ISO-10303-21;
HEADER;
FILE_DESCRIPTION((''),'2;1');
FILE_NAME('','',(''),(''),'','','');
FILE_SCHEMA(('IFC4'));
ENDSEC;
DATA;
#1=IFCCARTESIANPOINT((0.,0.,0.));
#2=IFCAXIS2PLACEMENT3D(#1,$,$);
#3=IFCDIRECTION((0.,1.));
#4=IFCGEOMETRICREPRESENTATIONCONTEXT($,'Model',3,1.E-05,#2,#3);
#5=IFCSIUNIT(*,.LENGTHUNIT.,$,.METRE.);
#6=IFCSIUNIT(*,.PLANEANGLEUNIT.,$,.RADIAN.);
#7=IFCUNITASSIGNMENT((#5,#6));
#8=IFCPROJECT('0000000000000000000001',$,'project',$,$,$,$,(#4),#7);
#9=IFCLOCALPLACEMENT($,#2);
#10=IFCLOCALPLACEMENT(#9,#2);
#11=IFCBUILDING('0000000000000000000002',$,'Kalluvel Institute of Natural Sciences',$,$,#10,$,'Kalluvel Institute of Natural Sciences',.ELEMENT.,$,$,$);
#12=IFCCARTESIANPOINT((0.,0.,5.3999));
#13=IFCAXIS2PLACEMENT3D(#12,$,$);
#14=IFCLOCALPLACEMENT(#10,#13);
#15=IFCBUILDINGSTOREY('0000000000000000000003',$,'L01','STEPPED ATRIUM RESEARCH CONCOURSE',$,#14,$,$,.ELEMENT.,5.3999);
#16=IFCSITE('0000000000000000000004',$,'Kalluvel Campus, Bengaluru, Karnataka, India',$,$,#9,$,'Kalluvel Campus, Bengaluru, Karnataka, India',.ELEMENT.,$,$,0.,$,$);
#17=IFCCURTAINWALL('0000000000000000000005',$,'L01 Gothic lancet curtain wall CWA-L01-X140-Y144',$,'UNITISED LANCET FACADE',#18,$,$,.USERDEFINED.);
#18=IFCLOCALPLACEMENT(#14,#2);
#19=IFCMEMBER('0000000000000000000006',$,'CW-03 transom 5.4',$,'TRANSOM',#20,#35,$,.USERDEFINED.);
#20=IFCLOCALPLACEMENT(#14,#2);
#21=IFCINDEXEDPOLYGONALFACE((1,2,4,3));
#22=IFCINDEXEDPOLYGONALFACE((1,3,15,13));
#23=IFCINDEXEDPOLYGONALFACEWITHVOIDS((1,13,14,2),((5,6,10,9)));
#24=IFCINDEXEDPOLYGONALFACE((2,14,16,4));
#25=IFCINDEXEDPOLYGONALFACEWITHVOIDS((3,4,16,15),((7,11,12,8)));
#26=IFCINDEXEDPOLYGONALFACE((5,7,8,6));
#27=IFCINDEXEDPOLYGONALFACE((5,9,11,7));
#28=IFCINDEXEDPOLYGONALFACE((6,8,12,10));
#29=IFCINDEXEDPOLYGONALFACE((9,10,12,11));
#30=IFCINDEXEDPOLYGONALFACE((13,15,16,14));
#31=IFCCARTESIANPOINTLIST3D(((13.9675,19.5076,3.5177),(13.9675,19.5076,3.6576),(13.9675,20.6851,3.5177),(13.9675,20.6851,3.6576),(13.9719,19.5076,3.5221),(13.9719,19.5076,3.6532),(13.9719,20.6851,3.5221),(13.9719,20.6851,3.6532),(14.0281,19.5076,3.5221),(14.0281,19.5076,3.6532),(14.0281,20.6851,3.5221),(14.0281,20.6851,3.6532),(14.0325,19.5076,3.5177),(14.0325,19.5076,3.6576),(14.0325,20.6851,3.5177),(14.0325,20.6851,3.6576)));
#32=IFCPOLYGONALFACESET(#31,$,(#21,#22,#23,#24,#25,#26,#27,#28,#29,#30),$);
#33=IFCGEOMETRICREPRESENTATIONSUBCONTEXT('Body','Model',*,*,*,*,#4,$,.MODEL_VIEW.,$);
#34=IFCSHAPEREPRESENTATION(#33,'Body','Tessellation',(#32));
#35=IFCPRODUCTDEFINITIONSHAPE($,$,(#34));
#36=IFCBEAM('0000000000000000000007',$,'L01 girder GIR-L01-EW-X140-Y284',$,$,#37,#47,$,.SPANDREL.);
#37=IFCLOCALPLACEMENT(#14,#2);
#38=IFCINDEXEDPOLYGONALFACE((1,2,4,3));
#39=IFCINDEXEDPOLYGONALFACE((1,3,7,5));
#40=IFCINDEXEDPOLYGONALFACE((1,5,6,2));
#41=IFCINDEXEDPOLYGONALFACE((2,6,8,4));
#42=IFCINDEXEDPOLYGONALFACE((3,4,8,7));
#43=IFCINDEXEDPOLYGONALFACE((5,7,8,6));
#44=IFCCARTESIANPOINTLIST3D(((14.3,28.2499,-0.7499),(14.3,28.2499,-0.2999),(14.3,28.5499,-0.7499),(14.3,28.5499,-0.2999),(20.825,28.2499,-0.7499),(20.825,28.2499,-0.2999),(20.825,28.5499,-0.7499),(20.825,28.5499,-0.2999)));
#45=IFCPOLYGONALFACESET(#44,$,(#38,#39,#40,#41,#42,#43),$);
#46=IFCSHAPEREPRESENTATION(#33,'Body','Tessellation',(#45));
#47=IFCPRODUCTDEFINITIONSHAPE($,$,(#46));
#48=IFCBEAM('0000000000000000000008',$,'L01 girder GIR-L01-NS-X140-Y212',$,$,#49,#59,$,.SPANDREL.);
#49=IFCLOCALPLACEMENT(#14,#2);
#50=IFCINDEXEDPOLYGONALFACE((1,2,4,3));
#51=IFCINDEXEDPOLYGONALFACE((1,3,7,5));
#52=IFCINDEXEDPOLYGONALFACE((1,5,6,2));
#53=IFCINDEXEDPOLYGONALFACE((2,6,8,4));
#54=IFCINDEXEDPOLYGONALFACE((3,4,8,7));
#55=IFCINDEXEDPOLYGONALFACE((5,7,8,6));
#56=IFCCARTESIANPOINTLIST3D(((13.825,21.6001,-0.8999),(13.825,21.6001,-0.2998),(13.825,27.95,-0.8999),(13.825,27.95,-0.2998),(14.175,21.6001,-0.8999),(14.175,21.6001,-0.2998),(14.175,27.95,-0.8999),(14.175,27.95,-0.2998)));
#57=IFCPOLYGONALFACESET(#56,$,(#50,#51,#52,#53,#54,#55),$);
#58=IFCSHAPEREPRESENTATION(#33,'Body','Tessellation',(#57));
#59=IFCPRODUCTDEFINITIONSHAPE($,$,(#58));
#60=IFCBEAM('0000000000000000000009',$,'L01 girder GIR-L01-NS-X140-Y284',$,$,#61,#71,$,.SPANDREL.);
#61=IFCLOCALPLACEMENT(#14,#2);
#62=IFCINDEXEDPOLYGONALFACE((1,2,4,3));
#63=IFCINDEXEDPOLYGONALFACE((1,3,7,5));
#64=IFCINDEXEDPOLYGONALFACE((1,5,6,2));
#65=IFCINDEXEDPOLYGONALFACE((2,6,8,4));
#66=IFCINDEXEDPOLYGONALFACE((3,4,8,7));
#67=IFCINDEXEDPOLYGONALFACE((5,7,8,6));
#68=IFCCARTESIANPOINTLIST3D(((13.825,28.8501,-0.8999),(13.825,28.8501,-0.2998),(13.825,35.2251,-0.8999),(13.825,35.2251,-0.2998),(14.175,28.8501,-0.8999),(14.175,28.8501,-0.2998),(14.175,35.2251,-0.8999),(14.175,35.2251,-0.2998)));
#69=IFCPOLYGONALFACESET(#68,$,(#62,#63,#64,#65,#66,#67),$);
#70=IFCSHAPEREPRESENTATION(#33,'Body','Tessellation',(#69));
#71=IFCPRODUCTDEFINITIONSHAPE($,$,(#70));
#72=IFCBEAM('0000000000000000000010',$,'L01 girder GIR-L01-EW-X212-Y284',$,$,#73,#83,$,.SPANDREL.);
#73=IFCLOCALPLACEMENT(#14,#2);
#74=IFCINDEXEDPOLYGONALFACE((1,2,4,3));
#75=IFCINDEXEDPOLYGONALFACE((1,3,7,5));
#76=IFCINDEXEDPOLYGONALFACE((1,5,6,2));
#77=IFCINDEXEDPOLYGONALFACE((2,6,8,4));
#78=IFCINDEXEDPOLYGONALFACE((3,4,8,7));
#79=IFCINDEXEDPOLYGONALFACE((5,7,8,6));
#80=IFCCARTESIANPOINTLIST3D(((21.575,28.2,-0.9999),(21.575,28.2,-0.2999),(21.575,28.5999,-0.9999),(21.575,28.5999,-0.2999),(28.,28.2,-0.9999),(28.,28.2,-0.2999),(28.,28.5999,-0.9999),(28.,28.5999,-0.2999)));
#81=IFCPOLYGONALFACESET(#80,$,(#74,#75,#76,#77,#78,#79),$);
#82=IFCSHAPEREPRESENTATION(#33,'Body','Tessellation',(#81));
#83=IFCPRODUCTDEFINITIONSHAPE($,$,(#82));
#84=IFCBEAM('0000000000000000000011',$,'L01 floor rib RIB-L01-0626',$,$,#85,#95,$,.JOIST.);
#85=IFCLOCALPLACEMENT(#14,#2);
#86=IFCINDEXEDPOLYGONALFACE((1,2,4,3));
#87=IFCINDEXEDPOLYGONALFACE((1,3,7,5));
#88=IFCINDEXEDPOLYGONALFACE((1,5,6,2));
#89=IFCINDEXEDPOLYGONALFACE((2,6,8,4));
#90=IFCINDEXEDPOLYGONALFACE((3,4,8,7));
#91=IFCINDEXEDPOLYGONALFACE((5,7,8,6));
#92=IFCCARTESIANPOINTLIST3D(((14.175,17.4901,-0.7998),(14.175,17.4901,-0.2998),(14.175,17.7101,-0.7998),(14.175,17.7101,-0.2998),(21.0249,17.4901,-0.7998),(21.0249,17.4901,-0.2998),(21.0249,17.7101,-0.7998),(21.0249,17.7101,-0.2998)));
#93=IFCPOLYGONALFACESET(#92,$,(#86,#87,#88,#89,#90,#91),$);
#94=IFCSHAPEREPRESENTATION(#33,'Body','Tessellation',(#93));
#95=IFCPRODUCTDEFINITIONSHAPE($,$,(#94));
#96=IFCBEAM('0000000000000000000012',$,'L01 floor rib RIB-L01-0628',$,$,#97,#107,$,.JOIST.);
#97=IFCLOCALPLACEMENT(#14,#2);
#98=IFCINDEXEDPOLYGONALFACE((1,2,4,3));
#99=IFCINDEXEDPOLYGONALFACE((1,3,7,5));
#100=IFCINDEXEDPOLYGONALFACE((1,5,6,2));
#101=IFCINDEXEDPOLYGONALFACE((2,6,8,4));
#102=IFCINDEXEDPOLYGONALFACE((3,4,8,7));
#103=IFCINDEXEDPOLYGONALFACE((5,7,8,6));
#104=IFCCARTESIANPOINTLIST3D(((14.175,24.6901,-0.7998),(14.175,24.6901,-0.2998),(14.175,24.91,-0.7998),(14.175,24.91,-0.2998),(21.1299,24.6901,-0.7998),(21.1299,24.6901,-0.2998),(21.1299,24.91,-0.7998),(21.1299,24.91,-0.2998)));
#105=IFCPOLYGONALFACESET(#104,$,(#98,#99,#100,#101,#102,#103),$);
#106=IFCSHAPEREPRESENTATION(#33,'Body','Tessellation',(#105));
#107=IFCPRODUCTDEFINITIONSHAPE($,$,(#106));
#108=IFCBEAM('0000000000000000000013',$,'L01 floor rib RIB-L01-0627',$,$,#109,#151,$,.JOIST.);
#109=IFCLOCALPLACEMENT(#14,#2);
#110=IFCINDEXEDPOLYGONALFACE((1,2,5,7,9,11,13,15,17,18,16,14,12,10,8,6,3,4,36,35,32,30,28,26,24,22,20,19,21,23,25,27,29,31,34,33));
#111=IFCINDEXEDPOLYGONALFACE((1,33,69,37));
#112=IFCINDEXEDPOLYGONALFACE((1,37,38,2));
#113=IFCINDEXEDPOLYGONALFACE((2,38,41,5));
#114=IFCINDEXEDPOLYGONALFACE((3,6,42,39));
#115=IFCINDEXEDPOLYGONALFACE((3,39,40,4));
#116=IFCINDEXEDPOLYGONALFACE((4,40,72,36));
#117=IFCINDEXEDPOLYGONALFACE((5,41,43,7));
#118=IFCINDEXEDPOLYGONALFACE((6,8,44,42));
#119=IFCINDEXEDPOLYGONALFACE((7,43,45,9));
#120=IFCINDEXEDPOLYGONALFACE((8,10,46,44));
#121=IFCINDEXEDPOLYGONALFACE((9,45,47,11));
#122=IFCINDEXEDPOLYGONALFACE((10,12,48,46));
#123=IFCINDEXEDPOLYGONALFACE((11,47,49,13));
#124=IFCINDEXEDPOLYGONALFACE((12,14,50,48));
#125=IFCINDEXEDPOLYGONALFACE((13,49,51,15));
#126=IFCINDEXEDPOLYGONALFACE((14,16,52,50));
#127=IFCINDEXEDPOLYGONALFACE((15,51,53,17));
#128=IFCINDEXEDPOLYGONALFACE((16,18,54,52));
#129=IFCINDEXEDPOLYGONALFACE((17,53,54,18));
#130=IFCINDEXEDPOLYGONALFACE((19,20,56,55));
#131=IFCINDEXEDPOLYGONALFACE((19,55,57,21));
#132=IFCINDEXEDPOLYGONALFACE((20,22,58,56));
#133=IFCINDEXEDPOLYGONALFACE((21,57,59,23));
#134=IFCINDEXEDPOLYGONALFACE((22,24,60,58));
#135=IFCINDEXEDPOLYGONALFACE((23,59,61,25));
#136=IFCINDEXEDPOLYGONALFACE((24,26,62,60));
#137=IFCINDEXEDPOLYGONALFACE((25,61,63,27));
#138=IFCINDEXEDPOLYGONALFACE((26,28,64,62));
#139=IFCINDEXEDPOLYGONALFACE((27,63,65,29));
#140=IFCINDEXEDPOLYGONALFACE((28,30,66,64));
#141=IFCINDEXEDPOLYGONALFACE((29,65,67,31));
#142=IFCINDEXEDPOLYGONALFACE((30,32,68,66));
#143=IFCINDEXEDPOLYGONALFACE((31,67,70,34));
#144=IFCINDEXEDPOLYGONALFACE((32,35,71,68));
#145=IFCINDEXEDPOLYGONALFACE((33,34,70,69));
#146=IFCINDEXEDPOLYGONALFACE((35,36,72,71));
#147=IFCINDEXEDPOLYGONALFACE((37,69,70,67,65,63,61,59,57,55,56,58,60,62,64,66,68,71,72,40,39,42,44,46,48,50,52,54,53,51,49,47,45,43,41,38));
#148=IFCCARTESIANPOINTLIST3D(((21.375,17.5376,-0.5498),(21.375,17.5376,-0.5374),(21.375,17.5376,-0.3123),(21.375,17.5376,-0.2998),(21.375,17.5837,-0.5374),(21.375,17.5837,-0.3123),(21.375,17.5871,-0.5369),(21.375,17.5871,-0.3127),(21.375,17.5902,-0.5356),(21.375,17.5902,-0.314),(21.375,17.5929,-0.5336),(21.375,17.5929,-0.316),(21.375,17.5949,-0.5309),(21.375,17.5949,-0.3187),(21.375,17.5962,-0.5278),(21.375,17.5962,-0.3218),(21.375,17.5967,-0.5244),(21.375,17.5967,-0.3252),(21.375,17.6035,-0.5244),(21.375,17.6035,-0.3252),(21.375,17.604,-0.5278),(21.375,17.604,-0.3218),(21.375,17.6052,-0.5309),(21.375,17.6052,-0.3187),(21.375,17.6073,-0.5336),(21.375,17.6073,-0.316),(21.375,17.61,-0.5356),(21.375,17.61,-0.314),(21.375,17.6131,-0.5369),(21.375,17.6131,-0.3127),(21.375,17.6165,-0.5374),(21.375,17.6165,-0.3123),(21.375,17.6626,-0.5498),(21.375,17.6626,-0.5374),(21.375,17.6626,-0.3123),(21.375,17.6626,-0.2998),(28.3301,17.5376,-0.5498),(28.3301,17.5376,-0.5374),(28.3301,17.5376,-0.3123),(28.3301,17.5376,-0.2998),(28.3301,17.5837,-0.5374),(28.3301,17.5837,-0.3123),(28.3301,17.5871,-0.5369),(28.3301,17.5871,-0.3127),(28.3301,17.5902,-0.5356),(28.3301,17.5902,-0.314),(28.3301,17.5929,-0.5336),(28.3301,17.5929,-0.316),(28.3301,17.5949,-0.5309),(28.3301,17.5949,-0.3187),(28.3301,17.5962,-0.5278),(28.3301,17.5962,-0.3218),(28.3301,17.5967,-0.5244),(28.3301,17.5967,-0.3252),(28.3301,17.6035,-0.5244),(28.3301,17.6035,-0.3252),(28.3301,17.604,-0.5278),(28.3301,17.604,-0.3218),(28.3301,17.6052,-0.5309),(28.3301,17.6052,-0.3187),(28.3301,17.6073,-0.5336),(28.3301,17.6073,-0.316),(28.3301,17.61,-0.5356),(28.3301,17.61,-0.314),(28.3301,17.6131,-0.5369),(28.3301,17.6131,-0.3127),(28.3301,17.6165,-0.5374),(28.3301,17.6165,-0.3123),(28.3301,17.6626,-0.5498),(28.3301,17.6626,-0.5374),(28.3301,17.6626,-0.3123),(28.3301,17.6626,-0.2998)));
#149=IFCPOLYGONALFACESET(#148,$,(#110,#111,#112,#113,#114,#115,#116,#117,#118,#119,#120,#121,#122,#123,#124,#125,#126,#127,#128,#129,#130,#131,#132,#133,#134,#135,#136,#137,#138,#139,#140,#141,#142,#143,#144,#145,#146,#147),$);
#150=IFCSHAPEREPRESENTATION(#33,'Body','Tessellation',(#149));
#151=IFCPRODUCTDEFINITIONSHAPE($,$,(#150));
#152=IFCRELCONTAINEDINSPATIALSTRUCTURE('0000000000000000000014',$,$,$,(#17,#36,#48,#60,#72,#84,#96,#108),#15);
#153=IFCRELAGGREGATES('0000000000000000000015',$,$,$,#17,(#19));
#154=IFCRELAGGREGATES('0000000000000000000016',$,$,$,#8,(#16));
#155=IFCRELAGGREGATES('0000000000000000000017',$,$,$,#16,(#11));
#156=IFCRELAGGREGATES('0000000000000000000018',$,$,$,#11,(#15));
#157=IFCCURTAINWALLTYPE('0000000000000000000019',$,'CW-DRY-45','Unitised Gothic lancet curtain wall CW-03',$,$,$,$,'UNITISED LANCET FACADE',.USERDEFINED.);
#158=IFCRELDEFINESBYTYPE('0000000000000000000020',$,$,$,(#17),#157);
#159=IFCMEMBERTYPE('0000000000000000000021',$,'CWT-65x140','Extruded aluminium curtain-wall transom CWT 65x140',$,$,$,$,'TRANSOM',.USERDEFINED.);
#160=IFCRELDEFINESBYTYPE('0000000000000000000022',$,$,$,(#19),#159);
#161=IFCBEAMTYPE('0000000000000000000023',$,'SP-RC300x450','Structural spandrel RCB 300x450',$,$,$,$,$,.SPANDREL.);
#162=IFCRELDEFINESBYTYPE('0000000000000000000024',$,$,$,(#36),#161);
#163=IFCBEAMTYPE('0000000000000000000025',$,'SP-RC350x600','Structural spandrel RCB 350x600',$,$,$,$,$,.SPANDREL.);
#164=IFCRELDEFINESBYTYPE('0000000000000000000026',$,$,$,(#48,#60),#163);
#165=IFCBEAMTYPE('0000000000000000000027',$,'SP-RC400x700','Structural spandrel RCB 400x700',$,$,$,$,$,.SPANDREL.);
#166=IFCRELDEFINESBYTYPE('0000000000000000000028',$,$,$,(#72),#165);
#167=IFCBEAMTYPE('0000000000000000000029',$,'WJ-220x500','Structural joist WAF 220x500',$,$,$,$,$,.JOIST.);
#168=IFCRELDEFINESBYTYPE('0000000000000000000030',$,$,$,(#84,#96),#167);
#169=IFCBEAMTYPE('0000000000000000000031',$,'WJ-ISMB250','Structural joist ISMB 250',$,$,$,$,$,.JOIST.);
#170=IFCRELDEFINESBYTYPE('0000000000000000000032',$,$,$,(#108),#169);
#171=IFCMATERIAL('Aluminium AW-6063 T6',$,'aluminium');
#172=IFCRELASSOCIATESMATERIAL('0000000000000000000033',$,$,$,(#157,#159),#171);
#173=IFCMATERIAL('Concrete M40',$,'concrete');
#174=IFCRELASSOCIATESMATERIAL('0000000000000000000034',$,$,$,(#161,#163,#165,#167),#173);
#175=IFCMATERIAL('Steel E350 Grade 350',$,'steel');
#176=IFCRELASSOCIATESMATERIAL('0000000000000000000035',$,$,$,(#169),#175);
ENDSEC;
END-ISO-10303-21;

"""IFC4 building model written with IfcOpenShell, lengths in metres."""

from ifc_helpers import new_model, si_unit, direction, frame, origin, origin_2d, place, context, subcontext, project, spatial, rectangle, hollow_rectangle, i_section, extrude, material, material_profile, profile_set, type_object, element, aggregate, save


model = new_model("IFC4")

# Units and contexts
model_context = context("Model", 3, precision=1e-05, world=origin(), true_north=direction((0.0, 1.0)))
body_context = subcontext(model_context, "Body", "Model", "MODEL_VIEW")
ifc_project = project(units=[si_unit("LENGTHUNIT", "METRE"), si_unit("PLANEANGLEUNIT", "RADIAN")], contexts=[model_context])

# Site, building, storey
site_placement = place(None, origin())
site = spatial("IfcSite", under=ifc_project, at=site_placement, Name="Kalluvel Campus, Bengaluru, Karnataka, India", LongName="Kalluvel Campus, Bengaluru, Karnataka, India", CompositionType="ELEMENT", RefElevation=0.0)
building_placement = place(site_placement, origin())
building = spatial("IfcBuilding", under=site, at=building_placement, Name="Kalluvel Institute of Natural Sciences", LongName="Kalluvel Institute of Natural Sciences", CompositionType="ELEMENT")
storey_placement = place(building_placement, frame((0.0, 0.0, 5.3999)))
storey = spatial("IfcBuildingStorey", under=building, at=storey_placement, Name="L01", Description="STEPPED ATRIUM RESEARCH CONCOURSE", CompositionType="ELEMENT", Elevation=5.3999)

# Shared definitions
ifc_material_1 = material(Name="Concrete M40", Category="concrete")

# Shared definitions
ifc_material_2 = material(Name="Steel E350 Grade 350", Category="steel")

# Curtain wall
ifc_material_3 = material(Name="Aluminium AW-6063 T6", Category="aluminium")
curtain_wall_type = type_object("IfcCurtainWallType", Name="CW-DRY-45", Description="Unitised Gothic lancet curtain wall CW-03", ElementType="UNITISED LANCET FACADE", PredefinedType="USERDEFINED", material=ifc_material_3)
curtain_wall_1_placement = place(storey_placement, origin())
curtain_wall_1 = element("IfcCurtainWall", 1, at=curtain_wall_1_placement, inside=storey, type_object=curtain_wall_type, Name="L01 Gothic lancet curtain wall CWA-L01-X140-Y144", ObjectType="UNITISED LANCET FACADE", PredefinedType="USERDEFINED")

# Member
ifc_material_profile_1 = material_profile(ifc_material_3, hollow_rectangle(XDim=0.0649, YDim=0.1399, WallThickness=0.0044, at=origin_2d()), Name="CWT 65x140")
ifc_profile_set_1 = profile_set([ifc_material_profile_1], Name="Aluminium AW-6063 T6")
member_type_1 = type_object("IfcMemberType", Name="CWT-65x140", Description="Extruded aluminium curtain-wall transom CWT 65x140", ElementType="TRANSOM", PredefinedType="USERDEFINED", material=ifc_profile_set_1)
member_1_placement = place(storey_placement, frame((14.0, 19.5076, 3.5876), z_axis=(0.0, 1.0, 0.0), x_axis=(-1.0, 0.0, 0.0)))
member_1 = element("IfcMember", 2, at=member_1_placement, type_object=member_type_1, Name="CW-03 transom 5.4", ObjectType="TRANSOM", PredefinedType="USERDEFINED", context=body_context, shape_type="SweptSolid", body=[
    extrude(hollow_rectangle(XDim=0.0649, YDim=0.1399, WallThickness=0.0044, at=origin_2d()), origin(), (0.0, 0.0, 1.0), 1.1775),
])

# Beams
ifc_material_profile_2 = material_profile(ifc_material_1, rectangle(XDim=0.3, YDim=0.45, at=origin_2d()), Name="RCB 300x450")
ifc_profile_set_2 = profile_set([ifc_material_profile_2], Name="Concrete M40")
beam_type_1 = type_object("IfcBeamType", Name="SP-RC300x450", Description="Structural spandrel RCB 300x450", PredefinedType="SPANDREL", material=ifc_profile_set_2)
beam_1_placement = place(storey_placement, frame((14.3, 28.3999, -0.5249), z_axis=(1.0, 0.0, 0.0), x_axis=(0.0, 1.0, 0.0)))
element("IfcBeam", 3, at=beam_1_placement, inside=storey, type_object=beam_type_1, Name="L01 girder GIR-L01-EW-X140-Y284", PredefinedType="SPANDREL", context=body_context, shape_type="SweptSolid", body=[
    extrude(rectangle(XDim=0.3, YDim=0.45, at=origin_2d()), origin(), (0.0, 0.0, 1.0), 6.5249),
])
ifc_material_profile_3 = material_profile(ifc_material_1, rectangle(XDim=0.3501, YDim=0.6001, at=origin_2d()), Name="RCB 350x600")
ifc_profile_set_3 = profile_set([ifc_material_profile_3], Name="Concrete M40")
beam_type_2 = type_object("IfcBeamType", Name="SP-RC350x600", Description="Structural spandrel RCB 350x600", PredefinedType="SPANDREL", material=ifc_profile_set_3)
beam_2_placement = place(storey_placement, frame((14.0, 21.6001, -0.5999), z_axis=(0.0, 1.0, 0.0), x_axis=(-1.0, 0.0, 0.0)))
element("IfcBeam", 4, at=beam_2_placement, inside=storey, type_object=beam_type_2, Name="L01 girder GIR-L01-NS-X140-Y212", PredefinedType="SPANDREL", context=body_context, shape_type="SweptSolid", body=[
    extrude(rectangle(XDim=0.3501, YDim=0.6001, at=origin_2d()), origin(), (0.0, 0.0, 1.0), 6.3499),
])
beam_3_placement = place(storey_placement, frame((14.0, 28.8501, -0.5999), z_axis=(0.0, 1.0, 0.0), x_axis=(-1.0, 0.0, 0.0)))
element("IfcBeam", 5, at=beam_3_placement, inside=storey, type_object=beam_type_2, Name="L01 girder GIR-L01-NS-X140-Y284", PredefinedType="SPANDREL", context=body_context, shape_type="SweptSolid", body=[
    extrude(rectangle(XDim=0.3501, YDim=0.6001, at=origin_2d()), origin(), (0.0, 0.0, 1.0), 6.375),
])
ifc_material_profile_4 = material_profile(ifc_material_1, rectangle(XDim=0.3999, YDim=0.7, at=origin_2d()), Name="RCB 400x700")
ifc_profile_set_4 = profile_set([ifc_material_profile_4], Name="Concrete M40")
beam_type_3 = type_object("IfcBeamType", Name="SP-RC400x700", Description="Structural spandrel RCB 400x700", PredefinedType="SPANDREL", material=ifc_profile_set_4)
beam_4_placement = place(storey_placement, frame((21.575, 28.3999, -0.6499), z_axis=(1.0, 0.0, 0.0), x_axis=(0.0, 1.0, 0.0)))
element("IfcBeam", 6, at=beam_4_placement, inside=storey, type_object=beam_type_3, Name="L01 girder GIR-L01-EW-X212-Y284", PredefinedType="SPANDREL", context=body_context, shape_type="SweptSolid", body=[
    extrude(rectangle(XDim=0.3999, YDim=0.7, at=origin_2d()), origin(), (0.0, 0.0, 1.0), 6.425),
])
ifc_material_profile_5 = material_profile(ifc_material_1, rectangle(XDim=0.22, YDim=0.5, at=origin_2d()), Name="WAF 220x500")
ifc_profile_set_5 = profile_set([ifc_material_profile_5], Name="Concrete M40")
beam_type_4 = type_object("IfcBeamType", Name="WJ-220x500", Description="Structural joist WAF 220x500", PredefinedType="JOIST", material=ifc_profile_set_5)
beam_5_placement = place(storey_placement, frame((14.175, 17.6001, -0.5498), z_axis=(1.0, 0.0, 0.0), x_axis=(0.0, 1.0, 0.0)))
element("IfcBeam", 7, at=beam_5_placement, inside=storey, type_object=beam_type_4, Name="L01 floor rib RIB-L01-0626", PredefinedType="JOIST", context=body_context, shape_type="SweptSolid", body=[
    extrude(rectangle(XDim=0.22, YDim=0.5, at=origin_2d()), origin(), (0.0, 0.0, 1.0), 6.8499),
])
beam_6_placement = place(storey_placement, frame((14.175, 24.8, -0.5498), z_axis=(1.0, 0.0, 0.0), x_axis=(0.0, 1.0, 0.0)))
element("IfcBeam", 8, at=beam_6_placement, inside=storey, type_object=beam_type_4, Name="L01 floor rib RIB-L01-0628", PredefinedType="JOIST", context=body_context, shape_type="SweptSolid", body=[
    extrude(rectangle(XDim=0.22, YDim=0.5, at=origin_2d()), origin(), (0.0, 0.0, 1.0), 6.9548),
])
ifc_material_profile_6 = material_profile(ifc_material_2, i_section(OverallWidth=0.125, OverallDepth=0.25, WebThickness=0.0068, FlangeThickness=0.0125, FilletRadius=0.0129, at=origin_2d()), Name="ISMB 250")
ifc_profile_set_6 = profile_set([ifc_material_profile_6], Name="Steel E350 Grade 350")
beam_type_5 = type_object("IfcBeamType", Name="WJ-ISMB250", Description="Structural joist ISMB 250", PredefinedType="JOIST", material=ifc_profile_set_6)
for number, where, z_axis, x_axis, name in (
    (9, (21.375, 17.6001, -0.4248), (1.0, 0.0, 0.0), (0.0, 1.0, 0.0), "L01 floor rib RIB-L01-0627"),
):
    element("IfcBeam", number, at=place(storey_placement, frame(where, z_axis=z_axis, x_axis=x_axis)), inside=storey, type_object=beam_type_5, Name=name, PredefinedType="JOIST", context=body_context, shape_type="SweptSolid", body=[
        extrude(i_section(OverallWidth=0.125, OverallDepth=0.25, WebThickness=0.0068, FlangeThickness=0.0125, FilletRadius=0.0129, at=origin_2d()), origin(), (0.0, 0.0, 1.0), 6.9551),
    ])

aggregate(curtain_wall_1, [member_1])

save(model, "model.ifc")
